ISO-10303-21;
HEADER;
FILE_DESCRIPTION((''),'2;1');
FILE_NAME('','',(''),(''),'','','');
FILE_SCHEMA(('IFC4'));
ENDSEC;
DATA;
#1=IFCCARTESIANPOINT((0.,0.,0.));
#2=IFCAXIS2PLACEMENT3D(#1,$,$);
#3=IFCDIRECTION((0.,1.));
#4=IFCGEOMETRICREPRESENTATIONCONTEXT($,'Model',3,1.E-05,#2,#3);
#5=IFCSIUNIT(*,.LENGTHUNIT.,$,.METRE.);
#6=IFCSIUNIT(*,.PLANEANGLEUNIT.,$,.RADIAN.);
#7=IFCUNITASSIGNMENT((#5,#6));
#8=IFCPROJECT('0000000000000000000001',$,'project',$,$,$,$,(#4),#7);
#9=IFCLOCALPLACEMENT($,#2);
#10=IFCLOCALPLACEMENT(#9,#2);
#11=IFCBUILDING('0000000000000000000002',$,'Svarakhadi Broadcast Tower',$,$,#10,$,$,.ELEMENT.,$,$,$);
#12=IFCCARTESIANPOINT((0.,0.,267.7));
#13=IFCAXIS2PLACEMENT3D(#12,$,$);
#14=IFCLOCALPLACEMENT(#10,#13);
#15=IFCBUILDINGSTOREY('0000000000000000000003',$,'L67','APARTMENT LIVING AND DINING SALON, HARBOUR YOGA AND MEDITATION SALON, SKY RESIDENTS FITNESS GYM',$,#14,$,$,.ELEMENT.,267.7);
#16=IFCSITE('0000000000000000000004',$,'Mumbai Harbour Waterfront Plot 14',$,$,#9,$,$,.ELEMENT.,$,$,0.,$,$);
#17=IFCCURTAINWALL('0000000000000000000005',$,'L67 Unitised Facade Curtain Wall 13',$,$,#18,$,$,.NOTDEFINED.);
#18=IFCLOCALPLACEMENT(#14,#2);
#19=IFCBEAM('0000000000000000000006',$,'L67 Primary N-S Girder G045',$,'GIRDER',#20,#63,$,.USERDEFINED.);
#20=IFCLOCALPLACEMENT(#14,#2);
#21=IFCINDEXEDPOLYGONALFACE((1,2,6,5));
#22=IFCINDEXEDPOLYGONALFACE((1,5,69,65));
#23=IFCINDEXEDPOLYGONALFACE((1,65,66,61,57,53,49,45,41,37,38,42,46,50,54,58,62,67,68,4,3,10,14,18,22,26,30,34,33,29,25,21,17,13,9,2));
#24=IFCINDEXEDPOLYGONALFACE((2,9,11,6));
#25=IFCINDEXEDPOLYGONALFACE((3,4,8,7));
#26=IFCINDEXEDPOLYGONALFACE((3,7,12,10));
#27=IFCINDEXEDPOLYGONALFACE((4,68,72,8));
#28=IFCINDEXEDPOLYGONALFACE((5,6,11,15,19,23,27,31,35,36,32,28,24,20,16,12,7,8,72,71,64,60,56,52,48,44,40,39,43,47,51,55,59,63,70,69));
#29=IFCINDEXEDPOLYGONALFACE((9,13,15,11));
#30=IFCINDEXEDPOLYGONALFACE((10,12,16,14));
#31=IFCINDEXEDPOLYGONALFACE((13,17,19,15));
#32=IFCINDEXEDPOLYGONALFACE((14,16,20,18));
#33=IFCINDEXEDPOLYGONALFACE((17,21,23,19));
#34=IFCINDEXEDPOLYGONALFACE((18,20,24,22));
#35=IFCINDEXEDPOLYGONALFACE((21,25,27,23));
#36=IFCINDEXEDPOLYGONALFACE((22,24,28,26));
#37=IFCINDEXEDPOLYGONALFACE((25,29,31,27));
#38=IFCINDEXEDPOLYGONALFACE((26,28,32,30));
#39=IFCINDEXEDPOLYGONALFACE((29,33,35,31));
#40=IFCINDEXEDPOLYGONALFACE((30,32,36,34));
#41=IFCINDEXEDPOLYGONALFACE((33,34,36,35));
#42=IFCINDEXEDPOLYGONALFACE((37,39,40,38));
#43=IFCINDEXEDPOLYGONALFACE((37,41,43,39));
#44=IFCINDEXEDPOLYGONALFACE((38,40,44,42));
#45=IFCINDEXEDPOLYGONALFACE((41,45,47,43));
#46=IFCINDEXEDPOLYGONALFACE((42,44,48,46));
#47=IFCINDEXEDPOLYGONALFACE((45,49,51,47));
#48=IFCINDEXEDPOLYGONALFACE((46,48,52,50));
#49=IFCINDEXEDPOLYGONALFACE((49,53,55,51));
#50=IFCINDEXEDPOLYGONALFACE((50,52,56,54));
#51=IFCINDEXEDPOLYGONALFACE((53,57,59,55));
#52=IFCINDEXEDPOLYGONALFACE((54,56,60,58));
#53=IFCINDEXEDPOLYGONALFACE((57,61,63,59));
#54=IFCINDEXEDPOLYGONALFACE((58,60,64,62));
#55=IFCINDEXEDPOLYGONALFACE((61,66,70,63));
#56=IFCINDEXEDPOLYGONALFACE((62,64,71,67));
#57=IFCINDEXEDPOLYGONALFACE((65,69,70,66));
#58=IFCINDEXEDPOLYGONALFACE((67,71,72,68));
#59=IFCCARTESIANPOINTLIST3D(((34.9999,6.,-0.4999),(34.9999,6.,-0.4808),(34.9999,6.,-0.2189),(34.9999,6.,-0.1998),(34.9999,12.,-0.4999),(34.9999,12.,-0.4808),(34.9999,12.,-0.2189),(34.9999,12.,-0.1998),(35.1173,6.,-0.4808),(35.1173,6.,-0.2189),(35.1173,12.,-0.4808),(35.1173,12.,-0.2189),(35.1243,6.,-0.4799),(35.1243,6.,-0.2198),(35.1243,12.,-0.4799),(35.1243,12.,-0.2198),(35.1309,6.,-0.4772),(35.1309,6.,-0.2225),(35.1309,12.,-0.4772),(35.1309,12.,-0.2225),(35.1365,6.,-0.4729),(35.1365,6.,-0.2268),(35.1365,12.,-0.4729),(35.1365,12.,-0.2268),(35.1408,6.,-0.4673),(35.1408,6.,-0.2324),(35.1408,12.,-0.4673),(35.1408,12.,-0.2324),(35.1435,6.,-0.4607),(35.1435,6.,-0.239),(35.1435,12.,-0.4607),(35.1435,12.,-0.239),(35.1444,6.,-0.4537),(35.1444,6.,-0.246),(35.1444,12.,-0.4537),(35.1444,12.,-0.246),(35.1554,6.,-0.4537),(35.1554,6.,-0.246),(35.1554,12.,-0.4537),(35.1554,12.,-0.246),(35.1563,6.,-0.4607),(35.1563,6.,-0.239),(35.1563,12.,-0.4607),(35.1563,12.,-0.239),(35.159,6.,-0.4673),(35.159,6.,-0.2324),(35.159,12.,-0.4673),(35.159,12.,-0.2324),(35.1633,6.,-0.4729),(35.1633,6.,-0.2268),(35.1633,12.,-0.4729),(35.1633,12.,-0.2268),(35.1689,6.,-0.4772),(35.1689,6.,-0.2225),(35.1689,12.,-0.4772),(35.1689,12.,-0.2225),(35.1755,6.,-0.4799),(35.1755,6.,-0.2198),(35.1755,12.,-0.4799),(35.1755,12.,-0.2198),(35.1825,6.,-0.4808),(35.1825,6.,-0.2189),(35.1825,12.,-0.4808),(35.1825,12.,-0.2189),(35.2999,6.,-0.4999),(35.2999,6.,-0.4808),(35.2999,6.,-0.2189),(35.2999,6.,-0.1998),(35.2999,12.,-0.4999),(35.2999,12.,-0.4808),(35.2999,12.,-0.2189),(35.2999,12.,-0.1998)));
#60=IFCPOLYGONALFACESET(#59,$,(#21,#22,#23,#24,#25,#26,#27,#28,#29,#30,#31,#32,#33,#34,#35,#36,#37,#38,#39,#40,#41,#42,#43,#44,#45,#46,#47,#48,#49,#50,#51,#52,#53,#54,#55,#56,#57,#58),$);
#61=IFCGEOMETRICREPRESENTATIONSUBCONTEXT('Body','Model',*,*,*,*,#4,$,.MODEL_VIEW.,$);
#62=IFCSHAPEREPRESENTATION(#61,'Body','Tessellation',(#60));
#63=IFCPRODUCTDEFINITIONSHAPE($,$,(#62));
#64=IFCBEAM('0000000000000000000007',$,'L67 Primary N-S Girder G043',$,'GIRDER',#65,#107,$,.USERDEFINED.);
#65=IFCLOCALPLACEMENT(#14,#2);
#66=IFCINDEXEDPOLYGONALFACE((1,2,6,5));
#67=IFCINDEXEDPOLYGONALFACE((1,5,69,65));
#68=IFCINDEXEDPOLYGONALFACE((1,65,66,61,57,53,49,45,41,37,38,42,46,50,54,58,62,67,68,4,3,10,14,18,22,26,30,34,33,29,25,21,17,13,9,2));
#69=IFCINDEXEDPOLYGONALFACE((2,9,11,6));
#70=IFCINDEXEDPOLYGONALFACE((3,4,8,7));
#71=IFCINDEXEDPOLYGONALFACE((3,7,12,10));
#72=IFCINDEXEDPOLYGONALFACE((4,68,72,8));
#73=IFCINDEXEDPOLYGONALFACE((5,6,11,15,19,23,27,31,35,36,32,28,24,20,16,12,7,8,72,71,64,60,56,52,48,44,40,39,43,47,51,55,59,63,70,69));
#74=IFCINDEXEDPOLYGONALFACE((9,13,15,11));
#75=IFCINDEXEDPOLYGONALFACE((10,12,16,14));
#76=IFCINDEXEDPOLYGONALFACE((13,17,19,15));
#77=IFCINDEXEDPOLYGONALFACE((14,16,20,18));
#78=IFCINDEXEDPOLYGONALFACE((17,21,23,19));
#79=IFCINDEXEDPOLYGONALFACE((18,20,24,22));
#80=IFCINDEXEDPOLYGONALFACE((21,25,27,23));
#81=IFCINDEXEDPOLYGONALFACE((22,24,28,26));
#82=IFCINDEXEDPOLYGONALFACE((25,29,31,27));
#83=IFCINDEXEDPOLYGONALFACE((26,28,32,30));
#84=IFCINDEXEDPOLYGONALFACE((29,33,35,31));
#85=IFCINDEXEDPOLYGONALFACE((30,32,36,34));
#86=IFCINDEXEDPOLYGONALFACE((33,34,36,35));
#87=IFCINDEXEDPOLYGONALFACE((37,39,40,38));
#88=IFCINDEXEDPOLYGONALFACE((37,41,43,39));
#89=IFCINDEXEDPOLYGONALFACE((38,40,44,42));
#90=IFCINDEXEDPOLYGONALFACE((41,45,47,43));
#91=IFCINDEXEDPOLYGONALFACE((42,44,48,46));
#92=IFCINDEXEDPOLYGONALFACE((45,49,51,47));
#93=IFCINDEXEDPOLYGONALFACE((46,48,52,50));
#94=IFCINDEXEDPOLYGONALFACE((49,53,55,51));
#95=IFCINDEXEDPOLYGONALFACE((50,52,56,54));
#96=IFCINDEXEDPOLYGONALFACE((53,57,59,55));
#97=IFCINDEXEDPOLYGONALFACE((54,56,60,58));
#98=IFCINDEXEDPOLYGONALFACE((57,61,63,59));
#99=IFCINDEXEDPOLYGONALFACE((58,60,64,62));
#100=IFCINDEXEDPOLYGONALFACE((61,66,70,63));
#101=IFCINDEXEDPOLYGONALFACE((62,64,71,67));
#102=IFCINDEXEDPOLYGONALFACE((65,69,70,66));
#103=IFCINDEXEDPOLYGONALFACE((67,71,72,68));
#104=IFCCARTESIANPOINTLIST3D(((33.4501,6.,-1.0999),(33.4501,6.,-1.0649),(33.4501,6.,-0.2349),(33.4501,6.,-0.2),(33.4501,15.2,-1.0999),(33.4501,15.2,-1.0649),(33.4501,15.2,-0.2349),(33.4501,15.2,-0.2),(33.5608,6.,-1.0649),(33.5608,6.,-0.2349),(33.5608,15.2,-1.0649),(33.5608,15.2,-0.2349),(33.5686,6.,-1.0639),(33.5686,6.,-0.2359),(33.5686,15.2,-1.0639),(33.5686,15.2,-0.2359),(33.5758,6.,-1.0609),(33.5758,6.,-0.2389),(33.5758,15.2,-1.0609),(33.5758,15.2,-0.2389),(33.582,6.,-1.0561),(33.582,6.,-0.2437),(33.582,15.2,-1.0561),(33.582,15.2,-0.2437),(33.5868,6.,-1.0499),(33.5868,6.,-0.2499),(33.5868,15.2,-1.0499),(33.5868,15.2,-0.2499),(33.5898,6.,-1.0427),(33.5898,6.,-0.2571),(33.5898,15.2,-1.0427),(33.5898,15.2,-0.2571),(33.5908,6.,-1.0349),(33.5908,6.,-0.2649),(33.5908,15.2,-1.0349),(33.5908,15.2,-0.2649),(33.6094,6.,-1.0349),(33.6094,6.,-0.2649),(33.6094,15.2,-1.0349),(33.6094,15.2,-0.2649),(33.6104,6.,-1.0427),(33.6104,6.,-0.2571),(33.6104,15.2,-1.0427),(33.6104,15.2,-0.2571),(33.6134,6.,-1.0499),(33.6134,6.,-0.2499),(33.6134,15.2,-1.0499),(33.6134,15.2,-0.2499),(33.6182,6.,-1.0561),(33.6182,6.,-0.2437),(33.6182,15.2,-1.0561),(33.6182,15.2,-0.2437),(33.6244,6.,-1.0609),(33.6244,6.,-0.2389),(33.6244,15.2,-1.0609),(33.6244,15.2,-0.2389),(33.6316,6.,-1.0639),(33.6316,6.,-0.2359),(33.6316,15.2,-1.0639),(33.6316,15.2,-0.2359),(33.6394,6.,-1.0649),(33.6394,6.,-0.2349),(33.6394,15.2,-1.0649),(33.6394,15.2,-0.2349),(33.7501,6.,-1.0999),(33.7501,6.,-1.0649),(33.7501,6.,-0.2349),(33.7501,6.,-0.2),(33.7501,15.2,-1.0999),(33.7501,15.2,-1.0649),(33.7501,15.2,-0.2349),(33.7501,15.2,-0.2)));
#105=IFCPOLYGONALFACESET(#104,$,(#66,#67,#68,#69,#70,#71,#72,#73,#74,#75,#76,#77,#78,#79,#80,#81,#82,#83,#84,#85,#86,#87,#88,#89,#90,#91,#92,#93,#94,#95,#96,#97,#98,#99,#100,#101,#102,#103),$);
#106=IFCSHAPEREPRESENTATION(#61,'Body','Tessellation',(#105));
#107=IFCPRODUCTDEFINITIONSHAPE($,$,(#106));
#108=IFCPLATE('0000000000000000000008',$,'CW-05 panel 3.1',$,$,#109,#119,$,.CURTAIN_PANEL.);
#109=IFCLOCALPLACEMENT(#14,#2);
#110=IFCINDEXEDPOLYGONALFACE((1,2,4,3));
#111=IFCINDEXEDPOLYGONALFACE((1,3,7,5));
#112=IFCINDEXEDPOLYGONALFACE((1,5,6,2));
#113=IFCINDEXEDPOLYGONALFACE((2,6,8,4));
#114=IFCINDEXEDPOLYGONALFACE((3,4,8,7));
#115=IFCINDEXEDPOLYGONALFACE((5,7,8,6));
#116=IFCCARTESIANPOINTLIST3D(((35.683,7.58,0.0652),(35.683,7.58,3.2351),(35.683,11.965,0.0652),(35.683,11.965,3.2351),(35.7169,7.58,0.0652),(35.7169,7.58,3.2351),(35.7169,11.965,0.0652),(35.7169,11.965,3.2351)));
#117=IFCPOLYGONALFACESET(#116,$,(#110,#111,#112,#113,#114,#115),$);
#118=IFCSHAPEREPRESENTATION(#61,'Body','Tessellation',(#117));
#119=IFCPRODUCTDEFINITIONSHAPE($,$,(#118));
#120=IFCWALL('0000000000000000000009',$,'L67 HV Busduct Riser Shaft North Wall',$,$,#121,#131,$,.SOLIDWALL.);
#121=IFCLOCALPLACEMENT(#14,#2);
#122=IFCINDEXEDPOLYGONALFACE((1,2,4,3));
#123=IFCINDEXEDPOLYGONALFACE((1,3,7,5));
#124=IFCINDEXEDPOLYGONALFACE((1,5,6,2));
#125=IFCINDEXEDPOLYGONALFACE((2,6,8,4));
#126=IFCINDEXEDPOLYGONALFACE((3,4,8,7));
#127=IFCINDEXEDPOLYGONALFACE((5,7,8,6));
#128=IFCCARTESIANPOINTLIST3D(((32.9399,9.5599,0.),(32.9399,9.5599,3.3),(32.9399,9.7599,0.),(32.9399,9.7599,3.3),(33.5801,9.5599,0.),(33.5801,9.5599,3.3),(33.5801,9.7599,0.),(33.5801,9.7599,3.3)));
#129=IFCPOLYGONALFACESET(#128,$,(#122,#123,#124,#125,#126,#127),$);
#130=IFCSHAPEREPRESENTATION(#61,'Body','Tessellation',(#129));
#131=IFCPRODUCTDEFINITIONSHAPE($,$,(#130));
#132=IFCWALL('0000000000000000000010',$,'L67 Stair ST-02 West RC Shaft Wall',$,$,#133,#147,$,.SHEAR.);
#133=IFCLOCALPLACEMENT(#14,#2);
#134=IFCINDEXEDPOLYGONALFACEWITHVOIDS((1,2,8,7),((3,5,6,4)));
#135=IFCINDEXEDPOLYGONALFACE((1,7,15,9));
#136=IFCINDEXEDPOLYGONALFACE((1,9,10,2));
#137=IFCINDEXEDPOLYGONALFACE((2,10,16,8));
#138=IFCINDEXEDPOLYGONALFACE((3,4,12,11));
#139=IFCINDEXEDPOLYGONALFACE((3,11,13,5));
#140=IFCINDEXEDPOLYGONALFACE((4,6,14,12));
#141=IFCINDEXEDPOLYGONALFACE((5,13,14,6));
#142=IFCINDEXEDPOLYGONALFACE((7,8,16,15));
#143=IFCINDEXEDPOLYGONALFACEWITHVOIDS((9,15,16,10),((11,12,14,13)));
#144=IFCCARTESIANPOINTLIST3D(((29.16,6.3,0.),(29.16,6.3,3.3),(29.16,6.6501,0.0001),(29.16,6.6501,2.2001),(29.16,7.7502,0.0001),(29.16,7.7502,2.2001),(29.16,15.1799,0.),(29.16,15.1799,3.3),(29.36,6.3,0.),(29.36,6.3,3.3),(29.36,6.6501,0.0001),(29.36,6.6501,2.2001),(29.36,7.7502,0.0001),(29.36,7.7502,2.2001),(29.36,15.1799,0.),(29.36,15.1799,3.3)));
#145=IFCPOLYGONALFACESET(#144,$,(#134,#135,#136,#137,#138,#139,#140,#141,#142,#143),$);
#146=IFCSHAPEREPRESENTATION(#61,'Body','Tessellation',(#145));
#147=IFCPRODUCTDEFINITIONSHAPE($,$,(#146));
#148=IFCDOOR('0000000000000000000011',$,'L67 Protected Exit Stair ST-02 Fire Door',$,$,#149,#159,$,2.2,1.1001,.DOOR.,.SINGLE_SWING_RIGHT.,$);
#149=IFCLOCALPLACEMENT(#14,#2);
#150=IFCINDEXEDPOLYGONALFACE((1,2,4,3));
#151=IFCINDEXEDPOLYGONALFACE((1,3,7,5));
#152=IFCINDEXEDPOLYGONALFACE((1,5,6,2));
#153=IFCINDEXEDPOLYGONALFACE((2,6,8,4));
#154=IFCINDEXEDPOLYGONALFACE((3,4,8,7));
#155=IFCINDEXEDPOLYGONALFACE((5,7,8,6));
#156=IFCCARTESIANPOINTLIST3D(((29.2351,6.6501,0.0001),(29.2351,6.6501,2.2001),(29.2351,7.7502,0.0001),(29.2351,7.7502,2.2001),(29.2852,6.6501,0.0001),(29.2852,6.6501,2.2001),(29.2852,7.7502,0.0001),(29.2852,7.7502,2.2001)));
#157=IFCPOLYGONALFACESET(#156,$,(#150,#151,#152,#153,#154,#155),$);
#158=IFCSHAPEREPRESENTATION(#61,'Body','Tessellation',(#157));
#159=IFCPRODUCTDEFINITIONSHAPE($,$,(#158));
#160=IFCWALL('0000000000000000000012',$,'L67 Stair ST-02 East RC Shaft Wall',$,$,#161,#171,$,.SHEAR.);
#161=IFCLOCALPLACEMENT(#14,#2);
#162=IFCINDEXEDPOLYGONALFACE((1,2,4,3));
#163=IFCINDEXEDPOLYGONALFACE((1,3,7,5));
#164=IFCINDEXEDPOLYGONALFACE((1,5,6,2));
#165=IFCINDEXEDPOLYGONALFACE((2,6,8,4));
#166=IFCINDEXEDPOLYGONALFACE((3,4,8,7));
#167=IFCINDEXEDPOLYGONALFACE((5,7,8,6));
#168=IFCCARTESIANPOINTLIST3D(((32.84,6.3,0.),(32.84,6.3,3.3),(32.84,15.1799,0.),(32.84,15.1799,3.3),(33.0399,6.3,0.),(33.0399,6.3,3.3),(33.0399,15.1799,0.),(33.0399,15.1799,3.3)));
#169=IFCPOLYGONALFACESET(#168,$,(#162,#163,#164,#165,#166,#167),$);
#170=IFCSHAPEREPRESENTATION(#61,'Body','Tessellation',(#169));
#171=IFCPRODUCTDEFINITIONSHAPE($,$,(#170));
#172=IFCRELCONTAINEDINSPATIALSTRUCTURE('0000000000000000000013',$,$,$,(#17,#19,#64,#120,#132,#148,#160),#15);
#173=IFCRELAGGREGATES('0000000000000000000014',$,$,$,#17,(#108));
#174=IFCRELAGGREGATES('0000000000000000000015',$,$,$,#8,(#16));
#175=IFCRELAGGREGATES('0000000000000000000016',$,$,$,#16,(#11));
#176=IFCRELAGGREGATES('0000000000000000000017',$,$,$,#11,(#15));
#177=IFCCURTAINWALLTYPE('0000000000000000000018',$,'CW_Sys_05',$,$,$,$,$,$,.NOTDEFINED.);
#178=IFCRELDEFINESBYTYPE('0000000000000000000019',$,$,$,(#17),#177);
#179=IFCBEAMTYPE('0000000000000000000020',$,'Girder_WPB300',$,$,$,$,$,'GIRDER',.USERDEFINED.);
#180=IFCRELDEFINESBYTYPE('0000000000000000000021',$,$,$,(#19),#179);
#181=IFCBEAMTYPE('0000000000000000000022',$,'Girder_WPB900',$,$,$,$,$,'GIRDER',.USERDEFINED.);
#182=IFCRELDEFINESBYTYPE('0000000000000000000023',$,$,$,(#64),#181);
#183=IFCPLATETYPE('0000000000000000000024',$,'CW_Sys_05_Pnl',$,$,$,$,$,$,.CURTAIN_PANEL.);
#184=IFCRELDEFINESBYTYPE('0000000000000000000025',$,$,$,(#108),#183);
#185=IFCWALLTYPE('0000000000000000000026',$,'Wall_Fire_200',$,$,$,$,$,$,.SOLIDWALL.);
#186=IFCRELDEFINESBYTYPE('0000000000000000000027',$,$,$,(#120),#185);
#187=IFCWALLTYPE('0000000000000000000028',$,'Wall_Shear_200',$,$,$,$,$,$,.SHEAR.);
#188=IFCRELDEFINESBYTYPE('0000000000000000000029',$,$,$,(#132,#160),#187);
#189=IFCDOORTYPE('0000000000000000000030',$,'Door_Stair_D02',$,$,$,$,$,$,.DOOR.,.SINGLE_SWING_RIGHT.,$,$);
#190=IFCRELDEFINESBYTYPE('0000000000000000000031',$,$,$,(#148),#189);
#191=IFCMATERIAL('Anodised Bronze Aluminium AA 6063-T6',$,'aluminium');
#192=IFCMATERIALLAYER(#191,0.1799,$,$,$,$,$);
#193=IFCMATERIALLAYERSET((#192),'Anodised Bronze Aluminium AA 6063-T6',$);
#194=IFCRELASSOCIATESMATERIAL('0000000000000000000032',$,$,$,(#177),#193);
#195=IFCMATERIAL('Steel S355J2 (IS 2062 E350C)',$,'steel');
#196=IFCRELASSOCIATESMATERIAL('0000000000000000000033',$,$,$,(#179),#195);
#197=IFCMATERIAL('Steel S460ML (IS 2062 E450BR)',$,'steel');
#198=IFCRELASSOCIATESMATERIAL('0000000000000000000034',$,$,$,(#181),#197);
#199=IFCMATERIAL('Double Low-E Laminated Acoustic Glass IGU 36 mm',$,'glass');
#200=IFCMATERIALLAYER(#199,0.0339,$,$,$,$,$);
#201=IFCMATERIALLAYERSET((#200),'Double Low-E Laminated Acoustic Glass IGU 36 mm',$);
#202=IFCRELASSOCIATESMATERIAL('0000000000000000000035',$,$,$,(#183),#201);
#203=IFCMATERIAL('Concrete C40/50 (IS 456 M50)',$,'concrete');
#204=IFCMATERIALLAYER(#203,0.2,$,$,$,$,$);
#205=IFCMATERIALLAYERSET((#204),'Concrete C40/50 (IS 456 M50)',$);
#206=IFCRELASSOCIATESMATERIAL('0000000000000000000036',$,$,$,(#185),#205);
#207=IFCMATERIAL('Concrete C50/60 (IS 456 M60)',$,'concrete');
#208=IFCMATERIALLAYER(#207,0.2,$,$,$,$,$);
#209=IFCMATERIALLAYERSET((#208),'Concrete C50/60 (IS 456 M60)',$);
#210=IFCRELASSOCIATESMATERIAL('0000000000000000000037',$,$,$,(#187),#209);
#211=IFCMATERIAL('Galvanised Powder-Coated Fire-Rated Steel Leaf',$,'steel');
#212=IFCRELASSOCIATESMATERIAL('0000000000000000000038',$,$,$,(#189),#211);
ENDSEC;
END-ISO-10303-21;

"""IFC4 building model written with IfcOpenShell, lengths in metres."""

from ifc_helpers import new_model, si_unit, direction, frame, frame_2d, origin, origin_2d, place, context, subcontext, project, spatial, rectangle, i_section, extrude, material, layer, layer_set, material_profile, profile_set, type_object, element, fill, aggregate, save


model = new_model("IFC4")

# Units and contexts
model_context = context("Model", 3, precision=1e-05, world=origin(), true_north=direction((0.0, 1.0)))
body_context = subcontext(model_context, "Body", "Model", "MODEL_VIEW")
ifc_project = project(units=[si_unit("LENGTHUNIT", "METRE"), si_unit("PLANEANGLEUNIT", "RADIAN")], contexts=[model_context])

# Site, building, storey
site_placement = place(None, origin())
site = spatial("IfcSite", under=ifc_project, at=site_placement, Name="Mumbai Harbour Waterfront Plot 14", CompositionType="ELEMENT", RefElevation=0.0)
building_placement = place(site_placement, origin())
building = spatial("IfcBuilding", under=site, at=building_placement, Name="Svarakhadi Broadcast Tower", CompositionType="ELEMENT")
storey_placement = place(building_placement, frame((0.0, 0.0, 267.7)))
storey = spatial("IfcBuildingStorey", under=building, at=storey_placement, Name="L67", Description="APARTMENT LIVING AND DINING SALON, HARBOUR YOGA AND MEDITATION SALON, SKY RESIDENTS FITNESS GYM", CompositionType="ELEMENT", Elevation=267.7)

# Shared definitions
ifc_material_1 = material(Name="Steel S460ML (IS 2062 E450BR)", Category="steel")

# Curtain wall
ifc_material_2 = material(Name="Anodised Bronze Aluminium AA 6063-T6", Category="aluminium")
ifc_layer_1 = layer(ifc_material_2, 0.1799)
ifc_layer_set_1 = layer_set([ifc_layer_1], Name="Anodised Bronze Aluminium AA 6063-T6")
curtain_wall_type = type_object("IfcCurtainWallType", Name="CW_Sys_05", PredefinedType="NOTDEFINED", material=ifc_layer_set_1)
curtain_wall_placement = place(storey_placement, origin())
curtain_wall = element("IfcCurtainWall", 1, at=curtain_wall_placement, inside=storey, type_object=curtain_wall_type, Name="L67 Unitised Facade Curtain Wall 13", PredefinedType="NOTDEFINED")

# Beams
ifc_material_3 = material(Name="Concrete C50/60 (IS 456 M60)", Category="concrete")
ifc_material_4 = material(Name="Steel S355J2 (IS 2062 E350C)", Category="steel")
ifc_material_profile_1 = material_profile(ifc_material_4, i_section(OverallWidth=0.3, OverallDepth=0.3, WebThickness=0.011, FlangeThickness=0.019, FilletRadius=0.0271, at=origin_2d()), Name="WPB 300x300x117")
ifc_profile_set_1 = profile_set([ifc_material_profile_1], Name="Steel S355J2 (IS 2062 E350C)")
beam_type_1 = type_object("IfcBeamType", Name="Girder_WPB300", ElementType="GIRDER", PredefinedType="USERDEFINED", material=ifc_profile_set_1)
beam_1_placement = place(storey_placement, frame((35.1499, 6.0, -0.3499), z_axis=(0.0, 1.0, 0.0), x_axis=(-1.0, 0.0, 0.0)))
element("IfcBeam", 2, at=beam_1_placement, inside=storey, type_object=beam_type_1, Name="L67 Primary N-S Girder G045", ObjectType="GIRDER", PredefinedType="USERDEFINED", context=body_context, shape_type="SweptSolid", body=[
    extrude(i_section(OverallWidth=0.3, OverallDepth=0.3, WebThickness=0.011, FlangeThickness=0.019, FilletRadius=0.0271, at=origin_2d()), origin(), (0.0, 0.0, 1.0), 6.0),
])
ifc_material_profile_2 = material_profile(ifc_material_1, i_section(OverallWidth=0.3, OverallDepth=0.8999, WebThickness=0.0186, FlangeThickness=0.0349, FilletRadius=0.03, at=origin_2d()), Name="WPB 900x300x291")
ifc_profile_set_2 = profile_set([ifc_material_profile_2], Name="Steel S460ML (IS 2062 E450BR)")
beam_type_2 = type_object("IfcBeamType", Name="Girder_WPB900", ElementType="GIRDER", PredefinedType="USERDEFINED", material=ifc_profile_set_2)
beam_2_placement = place(storey_placement, frame((33.6001, 6.0, -0.6499), z_axis=(0.0, 1.0, 0.0), x_axis=(-1.0, 0.0, 0.0)))
element("IfcBeam", 3, at=beam_2_placement, inside=storey, type_object=beam_type_2, Name="L67 Primary N-S Girder G043", ObjectType="GIRDER", PredefinedType="USERDEFINED", context=body_context, shape_type="SweptSolid", body=[
    extrude(i_section(OverallWidth=0.3, OverallDepth=0.8999, WebThickness=0.0186, FlangeThickness=0.0349, FilletRadius=0.03, at=origin_2d()), origin(), (0.0, 0.0, 1.0), 9.2),
])

# Plate
ifc_material_5 = material(Name="Double Low-E Laminated Acoustic Glass IGU 36 mm", Category="glass")
ifc_layer_2 = layer(ifc_material_5, 0.0339)
ifc_layer_set_2 = layer_set([ifc_layer_2], Name="Double Low-E Laminated Acoustic Glass IGU 36 mm")
plate_type = type_object("IfcPlateType", Name="CW_Sys_05_Pnl", PredefinedType="CURTAIN_PANEL", material=ifc_layer_set_2)
plate_placement = place(storey_placement, frame((35.7, 9.7725, 0.0652), z_axis=(0.0, 0.0, 1.0), x_axis=(0.0, -1.0, 0.0)))
plate = element("IfcPlate", 4, at=plate_placement, type_object=plate_type, Name="CW-05 panel 3.1", PredefinedType="CURTAIN_PANEL", context=body_context, shape_type="SweptSolid", body=[
    extrude(rectangle(XDim=4.385, YDim=0.0339, at=origin_2d()), origin(), (0.0, 0.0, 1.0), 3.1699),
])
aggregate(curtain_wall, [plate])

# Wall
ifc_material_6 = material(Name="Concrete C40/50 (IS 456 M50)", Category="concrete")
ifc_layer_3 = layer(ifc_material_6, 0.2)
ifc_layer_set_3 = layer_set([ifc_layer_3], Name="Concrete C40/50 (IS 456 M50)")
wall_type_1 = type_object("IfcWallType", Name="Wall_Fire_200", PredefinedType="SOLIDWALL", material=ifc_layer_set_3)
wall_1_placement = place(storey_placement, frame((32.9399, 9.6599, 0.0), z_axis=(0.0, 0.0, 1.0), x_axis=(1.0, 0.0, 0.0)))
element("IfcWall", 5, at=wall_1_placement, inside=storey, type_object=wall_type_1, Name="L67 HV Busduct Riser Shaft North Wall", PredefinedType="SOLIDWALL", context=body_context, shape_type="SweptSolid", body=[
    extrude(rectangle(XDim=0.6401, YDim=0.2, at=frame_2d((0.3201, 0.0))), origin(), (0.0, 0.0, 1.0), 3.3),
])

# Wall, opening, door
ifc_layer_4 = layer(ifc_material_3, 0.2)
ifc_layer_set_4 = layer_set([ifc_layer_4], Name="Concrete C50/60 (IS 456 M60)")
wall_type_2 = type_object("IfcWallType", Name="Wall_Shear_200", PredefinedType="SHEAR", material=ifc_layer_set_4)
wall_2_placement = place(storey_placement, frame((29.26, 6.3, 0.0), z_axis=(0.0, 0.0, 1.0), x_axis=(0.0, 1.0, 0.0)))
wall_2 = element("IfcWall", 6, at=wall_2_placement, inside=storey, type_object=wall_type_2, Name="L67 Stair ST-02 West RC Shaft Wall", PredefinedType="SHEAR", context=body_context, shape_type="SweptSolid", body=[
    extrude(rectangle(XDim=8.8799, YDim=0.2, at=frame_2d((4.4399, 0.0))), origin(), (0.0, 0.0, 1.0), 3.3),
])
opening_1_placement = place(wall_2_placement, frame((0.3501, 0.0, 0.0)))
opening_1 = element("IfcOpeningElement", 7, at=opening_1_placement, cuts=wall_2, PredefinedType="OPENING", context=body_context, shape_type="SweptSolid", body=[
    extrude(rectangle(XDim=1.1001, YDim=2.2, at=frame_2d((0.55, 1.1001))), frame((0.0, 0.1099, 0.0), z_axis=(0.0, -1.0, 0.0), x_axis=(1.0, 0.0, 0.0)), (0.0, 0.0, 1.0), 0.22),
])
ifc_material_7 = material(Name="Galvanised Powder-Coated Fire-Rated Steel Leaf", Category="steel")
door_type_1 = type_object("IfcDoorType", Name="Door_Stair_D02", OperationType="SINGLE_SWING_RIGHT", PredefinedType="DOOR", material=ifc_material_7)
door_1_placement = place(opening_1_placement, origin())
door_1 = element("IfcDoor", 8, at=door_1_placement, inside=storey, type_object=door_type_1, Name="L67 Protected Exit Stair ST-02 Fire Door", OperationType="SINGLE_SWING_RIGHT", OverallHeight=2.2, OverallWidth=1.1001, PredefinedType="DOOR", context=body_context, shape_type="SweptSolid", body=[
    extrude(rectangle(XDim=1.1001, YDim=2.2, at=frame_2d((0.55, 1.1001))), frame((0.0, 0.0249, 0.0), z_axis=(0.0, -1.0, 0.0), x_axis=(1.0, 0.0, 0.0)), (0.0, 0.0, 1.0), 0.05),
])
fill(opening_1, door_1)

# Wall
wall_3_placement = place(storey_placement, frame((32.9399, 6.3, 0.0), z_axis=(0.0, 0.0, 1.0), x_axis=(0.0, 1.0, 0.0)))
element("IfcWall", 9, at=wall_3_placement, inside=storey, type_object=wall_type_2, Name="L67 Stair ST-02 East RC Shaft Wall", PredefinedType="SHEAR", context=body_context, shape_type="SweptSolid", body=[
    extrude(rectangle(XDim=8.8799, YDim=0.2, at=frame_2d((4.4399, 0.0))), origin(), (0.0, 0.0, 1.0), 3.3),
])

save(model, "model.ifc")
